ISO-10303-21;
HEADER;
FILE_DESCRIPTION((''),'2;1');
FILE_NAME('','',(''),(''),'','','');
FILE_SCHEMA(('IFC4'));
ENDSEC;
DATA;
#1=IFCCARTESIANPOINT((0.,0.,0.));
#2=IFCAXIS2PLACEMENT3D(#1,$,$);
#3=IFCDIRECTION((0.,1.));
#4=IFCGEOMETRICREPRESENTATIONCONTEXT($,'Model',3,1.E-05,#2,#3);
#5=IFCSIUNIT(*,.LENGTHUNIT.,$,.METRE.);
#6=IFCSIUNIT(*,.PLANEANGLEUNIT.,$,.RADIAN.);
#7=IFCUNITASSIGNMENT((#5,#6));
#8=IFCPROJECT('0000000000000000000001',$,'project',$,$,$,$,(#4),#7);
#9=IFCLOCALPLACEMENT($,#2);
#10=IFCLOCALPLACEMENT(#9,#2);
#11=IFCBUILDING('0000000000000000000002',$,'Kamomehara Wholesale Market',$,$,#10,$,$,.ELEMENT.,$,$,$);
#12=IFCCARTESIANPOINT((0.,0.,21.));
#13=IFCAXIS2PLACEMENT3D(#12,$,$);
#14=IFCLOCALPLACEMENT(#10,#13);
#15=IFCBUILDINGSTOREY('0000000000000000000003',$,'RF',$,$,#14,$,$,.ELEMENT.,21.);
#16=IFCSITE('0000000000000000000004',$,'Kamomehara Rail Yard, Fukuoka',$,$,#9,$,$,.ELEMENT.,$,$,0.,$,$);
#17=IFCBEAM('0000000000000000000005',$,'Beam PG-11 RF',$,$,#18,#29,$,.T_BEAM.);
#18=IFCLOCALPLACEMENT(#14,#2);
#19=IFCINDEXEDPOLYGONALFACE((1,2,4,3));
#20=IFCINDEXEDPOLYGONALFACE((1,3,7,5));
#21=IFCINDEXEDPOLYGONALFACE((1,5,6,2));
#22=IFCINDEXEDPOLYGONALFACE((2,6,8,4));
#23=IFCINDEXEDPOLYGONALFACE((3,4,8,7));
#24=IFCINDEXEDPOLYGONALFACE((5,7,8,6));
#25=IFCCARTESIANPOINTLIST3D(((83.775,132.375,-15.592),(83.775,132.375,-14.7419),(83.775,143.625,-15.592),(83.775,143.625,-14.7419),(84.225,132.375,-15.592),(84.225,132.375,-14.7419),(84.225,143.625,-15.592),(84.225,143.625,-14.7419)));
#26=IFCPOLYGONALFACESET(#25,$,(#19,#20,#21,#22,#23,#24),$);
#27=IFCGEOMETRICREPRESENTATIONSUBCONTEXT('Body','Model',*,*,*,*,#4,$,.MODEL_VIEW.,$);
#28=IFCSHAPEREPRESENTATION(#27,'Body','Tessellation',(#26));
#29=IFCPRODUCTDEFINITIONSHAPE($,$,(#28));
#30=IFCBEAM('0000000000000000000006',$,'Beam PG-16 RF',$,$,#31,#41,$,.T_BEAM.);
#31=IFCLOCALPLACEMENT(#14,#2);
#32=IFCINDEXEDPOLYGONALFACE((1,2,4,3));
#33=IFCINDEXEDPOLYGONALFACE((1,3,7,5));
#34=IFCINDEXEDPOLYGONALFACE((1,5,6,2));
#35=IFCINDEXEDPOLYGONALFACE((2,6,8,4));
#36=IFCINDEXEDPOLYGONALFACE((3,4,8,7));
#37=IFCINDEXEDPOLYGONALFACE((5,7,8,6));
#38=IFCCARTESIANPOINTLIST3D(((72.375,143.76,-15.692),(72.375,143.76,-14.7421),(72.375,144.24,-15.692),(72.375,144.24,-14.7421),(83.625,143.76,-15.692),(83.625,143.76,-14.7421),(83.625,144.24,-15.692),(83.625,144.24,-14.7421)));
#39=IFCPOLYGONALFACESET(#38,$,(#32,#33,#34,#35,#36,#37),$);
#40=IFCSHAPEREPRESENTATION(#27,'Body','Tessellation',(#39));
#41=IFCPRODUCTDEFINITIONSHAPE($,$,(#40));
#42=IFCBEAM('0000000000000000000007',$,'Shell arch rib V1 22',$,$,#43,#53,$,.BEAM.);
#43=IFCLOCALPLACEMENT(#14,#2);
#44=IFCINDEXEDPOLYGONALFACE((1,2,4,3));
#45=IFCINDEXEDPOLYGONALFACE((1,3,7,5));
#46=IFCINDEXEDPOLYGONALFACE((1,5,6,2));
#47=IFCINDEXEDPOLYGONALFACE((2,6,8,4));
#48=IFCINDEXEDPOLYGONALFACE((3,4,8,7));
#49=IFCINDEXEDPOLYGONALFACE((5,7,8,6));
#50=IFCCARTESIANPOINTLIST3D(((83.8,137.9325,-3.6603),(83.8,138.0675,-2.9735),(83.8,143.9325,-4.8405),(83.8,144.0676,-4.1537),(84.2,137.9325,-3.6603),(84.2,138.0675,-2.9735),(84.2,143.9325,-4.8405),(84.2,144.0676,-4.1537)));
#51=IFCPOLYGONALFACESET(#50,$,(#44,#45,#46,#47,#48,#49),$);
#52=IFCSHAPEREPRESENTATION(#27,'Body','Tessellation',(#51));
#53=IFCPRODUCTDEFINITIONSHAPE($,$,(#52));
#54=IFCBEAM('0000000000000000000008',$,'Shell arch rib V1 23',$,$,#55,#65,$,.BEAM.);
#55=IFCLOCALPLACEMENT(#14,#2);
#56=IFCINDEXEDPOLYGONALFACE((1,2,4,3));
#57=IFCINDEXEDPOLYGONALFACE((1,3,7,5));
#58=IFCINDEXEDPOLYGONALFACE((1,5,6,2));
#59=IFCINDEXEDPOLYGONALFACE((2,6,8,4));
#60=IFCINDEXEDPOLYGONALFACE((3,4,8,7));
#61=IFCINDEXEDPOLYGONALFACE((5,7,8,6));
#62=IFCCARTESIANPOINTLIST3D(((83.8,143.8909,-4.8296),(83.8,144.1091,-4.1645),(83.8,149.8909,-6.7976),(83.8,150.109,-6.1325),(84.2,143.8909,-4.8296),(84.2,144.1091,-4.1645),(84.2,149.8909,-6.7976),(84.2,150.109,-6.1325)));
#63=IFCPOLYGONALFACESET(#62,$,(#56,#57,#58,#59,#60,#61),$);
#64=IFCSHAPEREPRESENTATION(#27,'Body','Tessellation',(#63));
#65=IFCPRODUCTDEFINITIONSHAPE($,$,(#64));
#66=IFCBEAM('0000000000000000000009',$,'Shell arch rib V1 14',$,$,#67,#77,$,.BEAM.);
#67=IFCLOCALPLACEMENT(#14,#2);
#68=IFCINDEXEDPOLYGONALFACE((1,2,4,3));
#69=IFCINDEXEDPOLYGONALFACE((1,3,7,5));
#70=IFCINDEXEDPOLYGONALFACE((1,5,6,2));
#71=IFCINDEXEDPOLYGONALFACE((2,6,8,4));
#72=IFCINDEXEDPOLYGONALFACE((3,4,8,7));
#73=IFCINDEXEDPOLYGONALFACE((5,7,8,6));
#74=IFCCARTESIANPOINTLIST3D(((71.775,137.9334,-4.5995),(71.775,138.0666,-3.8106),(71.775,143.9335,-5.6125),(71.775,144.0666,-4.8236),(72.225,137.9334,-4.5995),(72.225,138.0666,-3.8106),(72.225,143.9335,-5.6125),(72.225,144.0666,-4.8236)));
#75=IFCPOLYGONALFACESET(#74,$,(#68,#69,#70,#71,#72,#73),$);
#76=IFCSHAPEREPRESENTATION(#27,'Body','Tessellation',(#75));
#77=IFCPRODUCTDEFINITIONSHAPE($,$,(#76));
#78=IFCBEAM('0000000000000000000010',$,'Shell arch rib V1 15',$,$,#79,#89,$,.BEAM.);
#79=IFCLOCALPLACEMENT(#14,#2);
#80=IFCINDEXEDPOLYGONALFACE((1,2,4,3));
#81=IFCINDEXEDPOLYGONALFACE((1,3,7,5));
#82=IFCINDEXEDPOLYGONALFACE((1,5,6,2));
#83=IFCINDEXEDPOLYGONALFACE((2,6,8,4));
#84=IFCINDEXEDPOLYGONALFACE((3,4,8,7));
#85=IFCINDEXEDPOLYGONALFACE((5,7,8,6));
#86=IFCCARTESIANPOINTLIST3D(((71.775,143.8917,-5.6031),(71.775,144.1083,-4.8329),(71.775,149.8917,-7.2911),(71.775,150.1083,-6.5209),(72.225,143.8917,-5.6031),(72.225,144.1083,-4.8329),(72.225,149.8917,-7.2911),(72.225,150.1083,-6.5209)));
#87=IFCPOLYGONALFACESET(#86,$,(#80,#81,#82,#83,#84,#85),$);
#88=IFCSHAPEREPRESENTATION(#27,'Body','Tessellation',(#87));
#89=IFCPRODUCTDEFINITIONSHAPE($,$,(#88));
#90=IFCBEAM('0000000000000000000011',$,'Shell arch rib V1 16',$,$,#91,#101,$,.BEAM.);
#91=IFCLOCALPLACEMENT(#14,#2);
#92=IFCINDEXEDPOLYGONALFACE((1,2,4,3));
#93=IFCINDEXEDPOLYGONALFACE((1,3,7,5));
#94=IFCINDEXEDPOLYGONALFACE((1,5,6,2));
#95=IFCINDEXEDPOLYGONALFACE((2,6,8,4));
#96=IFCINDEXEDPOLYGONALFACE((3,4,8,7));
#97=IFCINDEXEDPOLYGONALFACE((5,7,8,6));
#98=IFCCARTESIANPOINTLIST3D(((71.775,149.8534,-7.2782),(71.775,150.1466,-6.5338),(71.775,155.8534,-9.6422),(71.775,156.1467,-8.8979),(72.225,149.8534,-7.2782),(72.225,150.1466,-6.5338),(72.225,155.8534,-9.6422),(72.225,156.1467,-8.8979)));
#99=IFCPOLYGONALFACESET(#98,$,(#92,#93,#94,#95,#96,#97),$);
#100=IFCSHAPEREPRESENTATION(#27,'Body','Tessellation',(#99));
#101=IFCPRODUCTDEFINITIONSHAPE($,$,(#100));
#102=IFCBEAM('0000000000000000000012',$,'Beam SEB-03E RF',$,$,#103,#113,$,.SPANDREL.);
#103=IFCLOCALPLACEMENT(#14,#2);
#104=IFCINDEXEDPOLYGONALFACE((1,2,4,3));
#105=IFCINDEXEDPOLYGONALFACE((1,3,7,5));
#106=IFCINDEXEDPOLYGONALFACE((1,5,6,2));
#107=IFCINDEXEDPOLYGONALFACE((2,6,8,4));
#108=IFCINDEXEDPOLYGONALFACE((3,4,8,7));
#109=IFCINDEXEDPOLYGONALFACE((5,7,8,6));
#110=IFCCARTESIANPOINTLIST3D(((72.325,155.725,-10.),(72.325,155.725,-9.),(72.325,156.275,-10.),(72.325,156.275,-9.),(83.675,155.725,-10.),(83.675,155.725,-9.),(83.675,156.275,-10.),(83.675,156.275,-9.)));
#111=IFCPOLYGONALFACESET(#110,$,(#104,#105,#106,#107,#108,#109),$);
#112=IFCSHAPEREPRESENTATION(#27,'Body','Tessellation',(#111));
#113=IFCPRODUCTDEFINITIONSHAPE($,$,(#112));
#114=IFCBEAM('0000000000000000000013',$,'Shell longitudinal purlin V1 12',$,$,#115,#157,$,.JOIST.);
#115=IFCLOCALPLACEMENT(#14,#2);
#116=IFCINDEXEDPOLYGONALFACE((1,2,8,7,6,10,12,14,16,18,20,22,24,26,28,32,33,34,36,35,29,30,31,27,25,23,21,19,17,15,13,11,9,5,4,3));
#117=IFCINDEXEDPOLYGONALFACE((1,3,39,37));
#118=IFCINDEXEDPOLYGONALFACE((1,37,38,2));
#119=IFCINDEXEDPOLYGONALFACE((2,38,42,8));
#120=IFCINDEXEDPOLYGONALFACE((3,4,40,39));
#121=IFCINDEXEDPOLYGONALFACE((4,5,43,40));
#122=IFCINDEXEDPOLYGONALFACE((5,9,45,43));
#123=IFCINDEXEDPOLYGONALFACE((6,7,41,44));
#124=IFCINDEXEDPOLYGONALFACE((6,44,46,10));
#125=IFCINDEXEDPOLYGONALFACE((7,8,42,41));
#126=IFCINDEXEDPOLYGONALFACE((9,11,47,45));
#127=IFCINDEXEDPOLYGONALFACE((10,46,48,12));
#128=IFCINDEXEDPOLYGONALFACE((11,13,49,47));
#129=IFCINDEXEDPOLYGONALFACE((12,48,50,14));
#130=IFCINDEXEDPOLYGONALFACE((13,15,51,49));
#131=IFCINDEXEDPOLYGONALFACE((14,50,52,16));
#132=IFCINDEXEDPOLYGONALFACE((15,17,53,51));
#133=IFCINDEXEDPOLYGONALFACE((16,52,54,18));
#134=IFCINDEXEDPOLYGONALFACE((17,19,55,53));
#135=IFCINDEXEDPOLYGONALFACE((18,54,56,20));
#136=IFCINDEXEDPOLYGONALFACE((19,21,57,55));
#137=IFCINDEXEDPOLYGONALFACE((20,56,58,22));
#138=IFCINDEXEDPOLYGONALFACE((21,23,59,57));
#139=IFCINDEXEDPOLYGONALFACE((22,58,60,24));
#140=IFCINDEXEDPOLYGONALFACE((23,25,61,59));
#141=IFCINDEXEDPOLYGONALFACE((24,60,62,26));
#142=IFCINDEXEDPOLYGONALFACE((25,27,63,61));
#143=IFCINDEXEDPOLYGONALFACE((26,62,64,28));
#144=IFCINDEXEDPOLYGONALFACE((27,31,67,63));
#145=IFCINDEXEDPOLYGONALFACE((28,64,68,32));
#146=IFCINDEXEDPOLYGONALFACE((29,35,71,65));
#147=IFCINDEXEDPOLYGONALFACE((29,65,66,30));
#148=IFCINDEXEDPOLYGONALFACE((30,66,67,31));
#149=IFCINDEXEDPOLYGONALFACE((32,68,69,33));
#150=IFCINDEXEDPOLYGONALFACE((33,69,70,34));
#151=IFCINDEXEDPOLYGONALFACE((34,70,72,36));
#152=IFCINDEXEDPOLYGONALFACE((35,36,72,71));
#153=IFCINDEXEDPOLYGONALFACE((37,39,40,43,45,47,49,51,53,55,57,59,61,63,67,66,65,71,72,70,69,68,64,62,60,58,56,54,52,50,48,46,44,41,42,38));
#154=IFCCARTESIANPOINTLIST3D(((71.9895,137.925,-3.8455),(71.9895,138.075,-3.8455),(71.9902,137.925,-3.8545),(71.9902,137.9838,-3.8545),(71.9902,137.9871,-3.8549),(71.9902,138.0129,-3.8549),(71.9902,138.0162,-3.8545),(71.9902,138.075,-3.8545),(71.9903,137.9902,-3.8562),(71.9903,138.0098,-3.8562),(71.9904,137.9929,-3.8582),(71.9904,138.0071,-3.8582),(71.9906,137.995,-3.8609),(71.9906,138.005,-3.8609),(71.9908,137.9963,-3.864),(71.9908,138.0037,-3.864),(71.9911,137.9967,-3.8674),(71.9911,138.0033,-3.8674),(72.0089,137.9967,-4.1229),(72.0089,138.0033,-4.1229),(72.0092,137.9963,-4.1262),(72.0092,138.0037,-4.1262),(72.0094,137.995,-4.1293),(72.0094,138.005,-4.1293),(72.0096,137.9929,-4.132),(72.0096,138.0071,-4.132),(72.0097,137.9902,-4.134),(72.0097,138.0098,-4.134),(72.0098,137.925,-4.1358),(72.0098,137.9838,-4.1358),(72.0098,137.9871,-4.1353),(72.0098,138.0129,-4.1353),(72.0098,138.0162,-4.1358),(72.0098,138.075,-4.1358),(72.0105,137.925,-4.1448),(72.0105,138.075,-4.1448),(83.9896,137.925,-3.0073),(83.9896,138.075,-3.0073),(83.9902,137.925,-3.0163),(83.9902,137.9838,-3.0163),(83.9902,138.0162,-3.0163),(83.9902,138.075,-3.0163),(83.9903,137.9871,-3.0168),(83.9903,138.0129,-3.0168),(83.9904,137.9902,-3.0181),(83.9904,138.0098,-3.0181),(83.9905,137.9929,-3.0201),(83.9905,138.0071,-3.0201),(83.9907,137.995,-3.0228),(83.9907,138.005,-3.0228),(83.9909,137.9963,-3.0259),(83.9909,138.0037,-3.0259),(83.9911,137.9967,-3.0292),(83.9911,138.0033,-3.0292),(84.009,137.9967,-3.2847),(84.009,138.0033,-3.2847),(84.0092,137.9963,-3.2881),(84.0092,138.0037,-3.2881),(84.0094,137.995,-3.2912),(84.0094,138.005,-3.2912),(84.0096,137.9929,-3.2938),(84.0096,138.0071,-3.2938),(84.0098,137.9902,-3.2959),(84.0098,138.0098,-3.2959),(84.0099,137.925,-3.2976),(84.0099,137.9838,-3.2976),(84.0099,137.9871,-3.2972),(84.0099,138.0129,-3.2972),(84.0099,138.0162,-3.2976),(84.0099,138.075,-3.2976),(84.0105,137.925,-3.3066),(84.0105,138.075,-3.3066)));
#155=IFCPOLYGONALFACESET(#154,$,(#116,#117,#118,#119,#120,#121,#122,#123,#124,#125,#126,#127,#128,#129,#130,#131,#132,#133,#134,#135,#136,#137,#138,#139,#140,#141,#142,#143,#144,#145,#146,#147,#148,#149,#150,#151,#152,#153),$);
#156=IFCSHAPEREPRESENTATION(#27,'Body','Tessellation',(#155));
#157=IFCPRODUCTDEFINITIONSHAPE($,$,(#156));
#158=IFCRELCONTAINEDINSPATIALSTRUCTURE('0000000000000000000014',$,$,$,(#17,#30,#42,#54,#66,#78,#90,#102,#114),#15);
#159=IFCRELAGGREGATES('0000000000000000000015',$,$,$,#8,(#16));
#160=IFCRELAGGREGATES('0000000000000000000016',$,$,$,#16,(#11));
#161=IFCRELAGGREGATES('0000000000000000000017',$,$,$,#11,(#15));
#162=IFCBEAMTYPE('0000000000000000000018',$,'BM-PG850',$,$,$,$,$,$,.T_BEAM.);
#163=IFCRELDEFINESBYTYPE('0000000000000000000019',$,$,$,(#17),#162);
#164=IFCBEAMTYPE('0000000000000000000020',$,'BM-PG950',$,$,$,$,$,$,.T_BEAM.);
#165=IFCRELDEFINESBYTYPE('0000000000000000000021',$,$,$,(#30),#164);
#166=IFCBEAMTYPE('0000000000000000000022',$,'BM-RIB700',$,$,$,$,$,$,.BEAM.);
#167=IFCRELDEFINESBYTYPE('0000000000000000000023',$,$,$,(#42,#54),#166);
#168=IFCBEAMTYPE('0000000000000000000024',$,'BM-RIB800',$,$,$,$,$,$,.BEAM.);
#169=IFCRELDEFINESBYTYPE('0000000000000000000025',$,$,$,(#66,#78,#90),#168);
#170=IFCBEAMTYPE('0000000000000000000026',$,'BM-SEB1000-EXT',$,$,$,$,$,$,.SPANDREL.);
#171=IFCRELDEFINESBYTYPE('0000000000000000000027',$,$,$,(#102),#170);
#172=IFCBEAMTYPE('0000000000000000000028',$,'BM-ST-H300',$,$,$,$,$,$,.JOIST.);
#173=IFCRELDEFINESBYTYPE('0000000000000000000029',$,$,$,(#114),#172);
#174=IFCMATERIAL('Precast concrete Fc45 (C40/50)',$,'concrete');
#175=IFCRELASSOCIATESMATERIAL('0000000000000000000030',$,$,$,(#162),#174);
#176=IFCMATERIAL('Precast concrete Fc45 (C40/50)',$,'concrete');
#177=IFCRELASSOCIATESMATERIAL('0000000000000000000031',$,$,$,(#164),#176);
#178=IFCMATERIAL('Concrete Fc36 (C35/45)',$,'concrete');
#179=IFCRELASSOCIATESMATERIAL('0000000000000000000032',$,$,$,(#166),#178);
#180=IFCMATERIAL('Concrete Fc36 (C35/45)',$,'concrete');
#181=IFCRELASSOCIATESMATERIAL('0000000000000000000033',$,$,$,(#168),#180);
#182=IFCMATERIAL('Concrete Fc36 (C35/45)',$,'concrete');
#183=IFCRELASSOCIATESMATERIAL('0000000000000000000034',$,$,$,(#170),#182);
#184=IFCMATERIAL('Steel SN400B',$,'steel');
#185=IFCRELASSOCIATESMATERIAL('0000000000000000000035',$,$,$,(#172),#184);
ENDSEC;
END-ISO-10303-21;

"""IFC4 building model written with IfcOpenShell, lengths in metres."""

from ifc_helpers import new_model, si_unit, direction, frame, origin, origin_2d, place, context, subcontext, project, spatial, rectangle, i_section, extrude, material, material_profile, profile_set, type_object, element, save


model = new_model("IFC4")

# Units and contexts
model_context = context("Model", 3, precision=1e-05, world=origin(), true_north=direction((0.0, 1.0)))
body_context = subcontext(model_context, "Body", "Model", "MODEL_VIEW")
ifc_project = project(units=[si_unit("LENGTHUNIT", "METRE"), si_unit("PLANEANGLEUNIT", "RADIAN")], contexts=[model_context])

# Site, building, storey
site_placement = place(None, origin())
site = spatial("IfcSite", under=ifc_project, at=site_placement, Name="Kamomehara Rail Yard, Fukuoka", CompositionType="ELEMENT", RefElevation=0.0)
building_placement = place(site_placement, origin())
building = spatial("IfcBuilding", under=site, at=building_placement, Name="Kamomehara Wholesale Market", CompositionType="ELEMENT")
storey_placement = place(building_placement, frame((0.0, 0.0, 21.0)))
storey = spatial("IfcBuildingStorey", under=building, at=storey_placement, Name="RF", CompositionType="ELEMENT", Elevation=21.0)

# Beams
ifc_material_1 = material(Name="Precast concrete Fc45 (C40/50)", Category="concrete")
ifc_material_profile_1 = material_profile(ifc_material_1, rectangle(XDim=0.45, YDim=0.8501, at=origin_2d()), Name="PC-GRD-450x850")
ifc_profile_set_1 = profile_set([ifc_material_profile_1], Name="Precast concrete Fc45 (C40/50)")
beam_type_1 = type_object("IfcBeamType", Name="BM-PG850", PredefinedType="T_BEAM", material=ifc_profile_set_1)
beam_1_placement = place(storey_placement, frame((84.0, 132.375, -15.167), z_axis=(0.0, 1.0, 0.0), x_axis=(-1.0, 0.0, 0.0)))
element("IfcBeam", 1, at=beam_1_placement, inside=storey, type_object=beam_type_1, Name="Beam PG-11 RF", PredefinedType="T_BEAM", context=body_context, shape_type="SweptSolid", body=[
    extrude(rectangle(XDim=0.45, YDim=0.8501, at=origin_2d()), origin(), (0.0, 0.0, 1.0), 11.25),
])
ifc_material_2 = material(Name="Precast concrete Fc45 (C40/50)", Category="concrete")
ifc_material_profile_2 = material_profile(ifc_material_2, rectangle(XDim=0.48, YDim=0.95, at=origin_2d()), Name="PC-GRD-480x950")
ifc_profile_set_2 = profile_set([ifc_material_profile_2], Name="Precast concrete Fc45 (C40/50)")
beam_type_2 = type_object("IfcBeamType", Name="BM-PG950", PredefinedType="T_BEAM", material=ifc_profile_set_2)
beam_2_placement = place(storey_placement, frame((72.375, 144.0, -15.217), z_axis=(1.0, 0.0, 0.0), x_axis=(0.0, 1.0, 0.0)))
element("IfcBeam", 2, at=beam_2_placement, inside=storey, type_object=beam_type_2, Name="Beam PG-16 RF", PredefinedType="T_BEAM", context=body_context, shape_type="SweptSolid", body=[
    extrude(rectangle(XDim=0.48, YDim=0.95, at=origin_2d()), origin(), (0.0, 0.0, 1.0), 11.25),
])
ifc_material_3 = material(Name="Concrete Fc36 (C35/45)", Category="concrete")
ifc_material_profile_3 = material_profile(ifc_material_3, rectangle(XDim=0.3999, YDim=0.7, at=origin_2d()), Name="RC-RIB-400x700")
ifc_profile_set_3 = profile_set([ifc_material_profile_3], Name="Concrete Fc36 (C35/45)")
beam_type_3 = type_object("IfcBeamType", Name="BM-RIB700", PredefinedType="BEAM", material=ifc_profile_set_3)
beam_3_placement = place(storey_placement, frame((84.0, 138.0, -3.3169), z_axis=(0.0, 0.981199, -0.192998), x_axis=(-1.0, 0.0, 0.0)))
element("IfcBeam", 3, at=beam_3_placement, inside=storey, type_object=beam_type_3, Name="Shell arch rib V1 22", PredefinedType="BEAM", context=body_context, shape_type="SweptSolid", body=[
    extrude(rectangle(XDim=0.3999, YDim=0.7, at=origin_2d()), origin(), (0.0, 0.0, 1.0), 6.115),
])
beam_4_placement = place(storey_placement, frame((84.0, 144.0, -4.4971), z_axis=(0.0, 0.950192, -0.311666), x_axis=(-1.0, 0.0, 0.0)))
element("IfcBeam", 4, at=beam_4_placement, inside=storey, type_object=beam_type_3, Name="Shell arch rib V1 23", PredefinedType="BEAM", context=body_context, shape_type="SweptSolid", body=[
    extrude(rectangle(XDim=0.3999, YDim=0.7, at=origin_2d()), origin(), (0.0, 0.0, 1.0), 6.3145),
])
ifc_material_4 = material(Name="Concrete Fc36 (C35/45)", Category="concrete")
ifc_material_profile_4 = material_profile(ifc_material_4, rectangle(XDim=0.45, YDim=0.8, at=origin_2d()), Name="RC-RIB-450x800")
ifc_profile_set_4 = profile_set([ifc_material_profile_4], Name="Concrete Fc36 (C35/45)")
beam_type_4 = type_object("IfcBeamType", Name="BM-RIB800", PredefinedType="BEAM", material=ifc_profile_set_4)
beam_5_placement = place(storey_placement, frame((72.0, 138.0, -4.2051), z_axis=(0.0, 0.986047, -0.166468), x_axis=(-1.0, 0.0, 0.0)))
element("IfcBeam", 5, at=beam_5_placement, inside=storey, type_object=beam_type_4, Name="Shell arch rib V1 14", PredefinedType="BEAM", context=body_context, shape_type="SweptSolid", body=[
    extrude(rectangle(XDim=0.45, YDim=0.8, at=origin_2d()), origin(), (0.0, 0.0, 1.0), 6.085),
])
beam_6_placement = place(storey_placement, frame((72.0, 144.0, -5.218), z_axis=(0.0, 0.962631, -0.270818), x_axis=(-1.0, 0.0, 0.0)))
element("IfcBeam", 6, at=beam_6_placement, inside=storey, type_object=beam_type_4, Name="Shell arch rib V1 15", PredefinedType="BEAM", context=body_context, shape_type="SweptSolid", body=[
    extrude(rectangle(XDim=0.45, YDim=0.8, at=origin_2d()), origin(), (0.0, 0.0, 1.0), 6.2329),
])
beam_7_placement = place(storey_placement, frame((72.0, 150.0, -6.906), z_axis=(0.0, 0.930388, -0.366575), x_axis=(-1.0, 0.0, 0.0)))
element("IfcBeam", 7, at=beam_7_placement, inside=storey, type_object=beam_type_4, Name="Shell arch rib V1 16", PredefinedType="BEAM", context=body_context, shape_type="SweptSolid", body=[
    extrude(rectangle(XDim=0.45, YDim=0.8, at=origin_2d()), origin(), (0.0, 0.0, 1.0), 6.449),
])
ifc_material_5 = material(Name="Concrete Fc36 (C35/45)", Category="concrete")
ifc_material_profile_5 = material_profile(ifc_material_5, rectangle(XDim=0.55, YDim=1.0, at=origin_2d()), Name="RC-SEB-550x1000")
ifc_profile_set_5 = profile_set([ifc_material_profile_5], Name="Concrete Fc36 (C35/45)")
beam_type_5 = type_object("IfcBeamType", Name="BM-SEB1000-EXT", PredefinedType="SPANDREL", material=ifc_profile_set_5)
beam_8_placement = place(storey_placement, frame((72.325, 156.0, -9.5), z_axis=(1.0, 0.0, 0.0), x_axis=(0.0, 1.0, 0.0)))
element("IfcBeam", 8, at=beam_8_placement, inside=storey, type_object=beam_type_5, Name="Beam SEB-03E RF", PredefinedType="SPANDREL", context=body_context, shape_type="SweptSolid", body=[
    extrude(rectangle(XDim=0.55, YDim=1.0, at=origin_2d()), origin(), (0.0, 0.0, 1.0), 11.3501),
])
ifc_material_6 = material(Name="Steel SN400B", Category="steel")
ifc_material_profile_6 = material_profile(ifc_material_6, i_section(OverallWidth=0.1499, OverallDepth=0.3, WebThickness=0.0066, FlangeThickness=0.009, FilletRadius=0.0129, at=origin_2d()), Name="H-300x150x6.5x9")
ifc_profile_set_6 = profile_set([ifc_material_profile_6], Name="Steel SN400B")
beam_type_6 = type_object("IfcBeamType", Name="BM-ST-H300", PredefinedType="JOIST", material=ifc_profile_set_6)
beam_9_placement = place(storey_placement, frame((72.0, 138.0, -3.9951), z_axis=(0.99757, 0.0, 0.069675), x_axis=(0.0, 1.0, 0.0)))
element("IfcBeam", 9, at=beam_9_placement, inside=storey, type_object=beam_type_6, Name="Shell longitudinal purlin V1 12", PredefinedType="JOIST", context=body_context, shape_type="SweptSolid", body=[
    extrude(i_section(OverallWidth=0.1499, OverallDepth=0.3, WebThickness=0.0066, FlangeThickness=0.009, FilletRadius=0.0129, at=origin_2d()), origin(), (0.0, 0.0, 1.0), 12.0293),
])

save(model, "model.ifc")
